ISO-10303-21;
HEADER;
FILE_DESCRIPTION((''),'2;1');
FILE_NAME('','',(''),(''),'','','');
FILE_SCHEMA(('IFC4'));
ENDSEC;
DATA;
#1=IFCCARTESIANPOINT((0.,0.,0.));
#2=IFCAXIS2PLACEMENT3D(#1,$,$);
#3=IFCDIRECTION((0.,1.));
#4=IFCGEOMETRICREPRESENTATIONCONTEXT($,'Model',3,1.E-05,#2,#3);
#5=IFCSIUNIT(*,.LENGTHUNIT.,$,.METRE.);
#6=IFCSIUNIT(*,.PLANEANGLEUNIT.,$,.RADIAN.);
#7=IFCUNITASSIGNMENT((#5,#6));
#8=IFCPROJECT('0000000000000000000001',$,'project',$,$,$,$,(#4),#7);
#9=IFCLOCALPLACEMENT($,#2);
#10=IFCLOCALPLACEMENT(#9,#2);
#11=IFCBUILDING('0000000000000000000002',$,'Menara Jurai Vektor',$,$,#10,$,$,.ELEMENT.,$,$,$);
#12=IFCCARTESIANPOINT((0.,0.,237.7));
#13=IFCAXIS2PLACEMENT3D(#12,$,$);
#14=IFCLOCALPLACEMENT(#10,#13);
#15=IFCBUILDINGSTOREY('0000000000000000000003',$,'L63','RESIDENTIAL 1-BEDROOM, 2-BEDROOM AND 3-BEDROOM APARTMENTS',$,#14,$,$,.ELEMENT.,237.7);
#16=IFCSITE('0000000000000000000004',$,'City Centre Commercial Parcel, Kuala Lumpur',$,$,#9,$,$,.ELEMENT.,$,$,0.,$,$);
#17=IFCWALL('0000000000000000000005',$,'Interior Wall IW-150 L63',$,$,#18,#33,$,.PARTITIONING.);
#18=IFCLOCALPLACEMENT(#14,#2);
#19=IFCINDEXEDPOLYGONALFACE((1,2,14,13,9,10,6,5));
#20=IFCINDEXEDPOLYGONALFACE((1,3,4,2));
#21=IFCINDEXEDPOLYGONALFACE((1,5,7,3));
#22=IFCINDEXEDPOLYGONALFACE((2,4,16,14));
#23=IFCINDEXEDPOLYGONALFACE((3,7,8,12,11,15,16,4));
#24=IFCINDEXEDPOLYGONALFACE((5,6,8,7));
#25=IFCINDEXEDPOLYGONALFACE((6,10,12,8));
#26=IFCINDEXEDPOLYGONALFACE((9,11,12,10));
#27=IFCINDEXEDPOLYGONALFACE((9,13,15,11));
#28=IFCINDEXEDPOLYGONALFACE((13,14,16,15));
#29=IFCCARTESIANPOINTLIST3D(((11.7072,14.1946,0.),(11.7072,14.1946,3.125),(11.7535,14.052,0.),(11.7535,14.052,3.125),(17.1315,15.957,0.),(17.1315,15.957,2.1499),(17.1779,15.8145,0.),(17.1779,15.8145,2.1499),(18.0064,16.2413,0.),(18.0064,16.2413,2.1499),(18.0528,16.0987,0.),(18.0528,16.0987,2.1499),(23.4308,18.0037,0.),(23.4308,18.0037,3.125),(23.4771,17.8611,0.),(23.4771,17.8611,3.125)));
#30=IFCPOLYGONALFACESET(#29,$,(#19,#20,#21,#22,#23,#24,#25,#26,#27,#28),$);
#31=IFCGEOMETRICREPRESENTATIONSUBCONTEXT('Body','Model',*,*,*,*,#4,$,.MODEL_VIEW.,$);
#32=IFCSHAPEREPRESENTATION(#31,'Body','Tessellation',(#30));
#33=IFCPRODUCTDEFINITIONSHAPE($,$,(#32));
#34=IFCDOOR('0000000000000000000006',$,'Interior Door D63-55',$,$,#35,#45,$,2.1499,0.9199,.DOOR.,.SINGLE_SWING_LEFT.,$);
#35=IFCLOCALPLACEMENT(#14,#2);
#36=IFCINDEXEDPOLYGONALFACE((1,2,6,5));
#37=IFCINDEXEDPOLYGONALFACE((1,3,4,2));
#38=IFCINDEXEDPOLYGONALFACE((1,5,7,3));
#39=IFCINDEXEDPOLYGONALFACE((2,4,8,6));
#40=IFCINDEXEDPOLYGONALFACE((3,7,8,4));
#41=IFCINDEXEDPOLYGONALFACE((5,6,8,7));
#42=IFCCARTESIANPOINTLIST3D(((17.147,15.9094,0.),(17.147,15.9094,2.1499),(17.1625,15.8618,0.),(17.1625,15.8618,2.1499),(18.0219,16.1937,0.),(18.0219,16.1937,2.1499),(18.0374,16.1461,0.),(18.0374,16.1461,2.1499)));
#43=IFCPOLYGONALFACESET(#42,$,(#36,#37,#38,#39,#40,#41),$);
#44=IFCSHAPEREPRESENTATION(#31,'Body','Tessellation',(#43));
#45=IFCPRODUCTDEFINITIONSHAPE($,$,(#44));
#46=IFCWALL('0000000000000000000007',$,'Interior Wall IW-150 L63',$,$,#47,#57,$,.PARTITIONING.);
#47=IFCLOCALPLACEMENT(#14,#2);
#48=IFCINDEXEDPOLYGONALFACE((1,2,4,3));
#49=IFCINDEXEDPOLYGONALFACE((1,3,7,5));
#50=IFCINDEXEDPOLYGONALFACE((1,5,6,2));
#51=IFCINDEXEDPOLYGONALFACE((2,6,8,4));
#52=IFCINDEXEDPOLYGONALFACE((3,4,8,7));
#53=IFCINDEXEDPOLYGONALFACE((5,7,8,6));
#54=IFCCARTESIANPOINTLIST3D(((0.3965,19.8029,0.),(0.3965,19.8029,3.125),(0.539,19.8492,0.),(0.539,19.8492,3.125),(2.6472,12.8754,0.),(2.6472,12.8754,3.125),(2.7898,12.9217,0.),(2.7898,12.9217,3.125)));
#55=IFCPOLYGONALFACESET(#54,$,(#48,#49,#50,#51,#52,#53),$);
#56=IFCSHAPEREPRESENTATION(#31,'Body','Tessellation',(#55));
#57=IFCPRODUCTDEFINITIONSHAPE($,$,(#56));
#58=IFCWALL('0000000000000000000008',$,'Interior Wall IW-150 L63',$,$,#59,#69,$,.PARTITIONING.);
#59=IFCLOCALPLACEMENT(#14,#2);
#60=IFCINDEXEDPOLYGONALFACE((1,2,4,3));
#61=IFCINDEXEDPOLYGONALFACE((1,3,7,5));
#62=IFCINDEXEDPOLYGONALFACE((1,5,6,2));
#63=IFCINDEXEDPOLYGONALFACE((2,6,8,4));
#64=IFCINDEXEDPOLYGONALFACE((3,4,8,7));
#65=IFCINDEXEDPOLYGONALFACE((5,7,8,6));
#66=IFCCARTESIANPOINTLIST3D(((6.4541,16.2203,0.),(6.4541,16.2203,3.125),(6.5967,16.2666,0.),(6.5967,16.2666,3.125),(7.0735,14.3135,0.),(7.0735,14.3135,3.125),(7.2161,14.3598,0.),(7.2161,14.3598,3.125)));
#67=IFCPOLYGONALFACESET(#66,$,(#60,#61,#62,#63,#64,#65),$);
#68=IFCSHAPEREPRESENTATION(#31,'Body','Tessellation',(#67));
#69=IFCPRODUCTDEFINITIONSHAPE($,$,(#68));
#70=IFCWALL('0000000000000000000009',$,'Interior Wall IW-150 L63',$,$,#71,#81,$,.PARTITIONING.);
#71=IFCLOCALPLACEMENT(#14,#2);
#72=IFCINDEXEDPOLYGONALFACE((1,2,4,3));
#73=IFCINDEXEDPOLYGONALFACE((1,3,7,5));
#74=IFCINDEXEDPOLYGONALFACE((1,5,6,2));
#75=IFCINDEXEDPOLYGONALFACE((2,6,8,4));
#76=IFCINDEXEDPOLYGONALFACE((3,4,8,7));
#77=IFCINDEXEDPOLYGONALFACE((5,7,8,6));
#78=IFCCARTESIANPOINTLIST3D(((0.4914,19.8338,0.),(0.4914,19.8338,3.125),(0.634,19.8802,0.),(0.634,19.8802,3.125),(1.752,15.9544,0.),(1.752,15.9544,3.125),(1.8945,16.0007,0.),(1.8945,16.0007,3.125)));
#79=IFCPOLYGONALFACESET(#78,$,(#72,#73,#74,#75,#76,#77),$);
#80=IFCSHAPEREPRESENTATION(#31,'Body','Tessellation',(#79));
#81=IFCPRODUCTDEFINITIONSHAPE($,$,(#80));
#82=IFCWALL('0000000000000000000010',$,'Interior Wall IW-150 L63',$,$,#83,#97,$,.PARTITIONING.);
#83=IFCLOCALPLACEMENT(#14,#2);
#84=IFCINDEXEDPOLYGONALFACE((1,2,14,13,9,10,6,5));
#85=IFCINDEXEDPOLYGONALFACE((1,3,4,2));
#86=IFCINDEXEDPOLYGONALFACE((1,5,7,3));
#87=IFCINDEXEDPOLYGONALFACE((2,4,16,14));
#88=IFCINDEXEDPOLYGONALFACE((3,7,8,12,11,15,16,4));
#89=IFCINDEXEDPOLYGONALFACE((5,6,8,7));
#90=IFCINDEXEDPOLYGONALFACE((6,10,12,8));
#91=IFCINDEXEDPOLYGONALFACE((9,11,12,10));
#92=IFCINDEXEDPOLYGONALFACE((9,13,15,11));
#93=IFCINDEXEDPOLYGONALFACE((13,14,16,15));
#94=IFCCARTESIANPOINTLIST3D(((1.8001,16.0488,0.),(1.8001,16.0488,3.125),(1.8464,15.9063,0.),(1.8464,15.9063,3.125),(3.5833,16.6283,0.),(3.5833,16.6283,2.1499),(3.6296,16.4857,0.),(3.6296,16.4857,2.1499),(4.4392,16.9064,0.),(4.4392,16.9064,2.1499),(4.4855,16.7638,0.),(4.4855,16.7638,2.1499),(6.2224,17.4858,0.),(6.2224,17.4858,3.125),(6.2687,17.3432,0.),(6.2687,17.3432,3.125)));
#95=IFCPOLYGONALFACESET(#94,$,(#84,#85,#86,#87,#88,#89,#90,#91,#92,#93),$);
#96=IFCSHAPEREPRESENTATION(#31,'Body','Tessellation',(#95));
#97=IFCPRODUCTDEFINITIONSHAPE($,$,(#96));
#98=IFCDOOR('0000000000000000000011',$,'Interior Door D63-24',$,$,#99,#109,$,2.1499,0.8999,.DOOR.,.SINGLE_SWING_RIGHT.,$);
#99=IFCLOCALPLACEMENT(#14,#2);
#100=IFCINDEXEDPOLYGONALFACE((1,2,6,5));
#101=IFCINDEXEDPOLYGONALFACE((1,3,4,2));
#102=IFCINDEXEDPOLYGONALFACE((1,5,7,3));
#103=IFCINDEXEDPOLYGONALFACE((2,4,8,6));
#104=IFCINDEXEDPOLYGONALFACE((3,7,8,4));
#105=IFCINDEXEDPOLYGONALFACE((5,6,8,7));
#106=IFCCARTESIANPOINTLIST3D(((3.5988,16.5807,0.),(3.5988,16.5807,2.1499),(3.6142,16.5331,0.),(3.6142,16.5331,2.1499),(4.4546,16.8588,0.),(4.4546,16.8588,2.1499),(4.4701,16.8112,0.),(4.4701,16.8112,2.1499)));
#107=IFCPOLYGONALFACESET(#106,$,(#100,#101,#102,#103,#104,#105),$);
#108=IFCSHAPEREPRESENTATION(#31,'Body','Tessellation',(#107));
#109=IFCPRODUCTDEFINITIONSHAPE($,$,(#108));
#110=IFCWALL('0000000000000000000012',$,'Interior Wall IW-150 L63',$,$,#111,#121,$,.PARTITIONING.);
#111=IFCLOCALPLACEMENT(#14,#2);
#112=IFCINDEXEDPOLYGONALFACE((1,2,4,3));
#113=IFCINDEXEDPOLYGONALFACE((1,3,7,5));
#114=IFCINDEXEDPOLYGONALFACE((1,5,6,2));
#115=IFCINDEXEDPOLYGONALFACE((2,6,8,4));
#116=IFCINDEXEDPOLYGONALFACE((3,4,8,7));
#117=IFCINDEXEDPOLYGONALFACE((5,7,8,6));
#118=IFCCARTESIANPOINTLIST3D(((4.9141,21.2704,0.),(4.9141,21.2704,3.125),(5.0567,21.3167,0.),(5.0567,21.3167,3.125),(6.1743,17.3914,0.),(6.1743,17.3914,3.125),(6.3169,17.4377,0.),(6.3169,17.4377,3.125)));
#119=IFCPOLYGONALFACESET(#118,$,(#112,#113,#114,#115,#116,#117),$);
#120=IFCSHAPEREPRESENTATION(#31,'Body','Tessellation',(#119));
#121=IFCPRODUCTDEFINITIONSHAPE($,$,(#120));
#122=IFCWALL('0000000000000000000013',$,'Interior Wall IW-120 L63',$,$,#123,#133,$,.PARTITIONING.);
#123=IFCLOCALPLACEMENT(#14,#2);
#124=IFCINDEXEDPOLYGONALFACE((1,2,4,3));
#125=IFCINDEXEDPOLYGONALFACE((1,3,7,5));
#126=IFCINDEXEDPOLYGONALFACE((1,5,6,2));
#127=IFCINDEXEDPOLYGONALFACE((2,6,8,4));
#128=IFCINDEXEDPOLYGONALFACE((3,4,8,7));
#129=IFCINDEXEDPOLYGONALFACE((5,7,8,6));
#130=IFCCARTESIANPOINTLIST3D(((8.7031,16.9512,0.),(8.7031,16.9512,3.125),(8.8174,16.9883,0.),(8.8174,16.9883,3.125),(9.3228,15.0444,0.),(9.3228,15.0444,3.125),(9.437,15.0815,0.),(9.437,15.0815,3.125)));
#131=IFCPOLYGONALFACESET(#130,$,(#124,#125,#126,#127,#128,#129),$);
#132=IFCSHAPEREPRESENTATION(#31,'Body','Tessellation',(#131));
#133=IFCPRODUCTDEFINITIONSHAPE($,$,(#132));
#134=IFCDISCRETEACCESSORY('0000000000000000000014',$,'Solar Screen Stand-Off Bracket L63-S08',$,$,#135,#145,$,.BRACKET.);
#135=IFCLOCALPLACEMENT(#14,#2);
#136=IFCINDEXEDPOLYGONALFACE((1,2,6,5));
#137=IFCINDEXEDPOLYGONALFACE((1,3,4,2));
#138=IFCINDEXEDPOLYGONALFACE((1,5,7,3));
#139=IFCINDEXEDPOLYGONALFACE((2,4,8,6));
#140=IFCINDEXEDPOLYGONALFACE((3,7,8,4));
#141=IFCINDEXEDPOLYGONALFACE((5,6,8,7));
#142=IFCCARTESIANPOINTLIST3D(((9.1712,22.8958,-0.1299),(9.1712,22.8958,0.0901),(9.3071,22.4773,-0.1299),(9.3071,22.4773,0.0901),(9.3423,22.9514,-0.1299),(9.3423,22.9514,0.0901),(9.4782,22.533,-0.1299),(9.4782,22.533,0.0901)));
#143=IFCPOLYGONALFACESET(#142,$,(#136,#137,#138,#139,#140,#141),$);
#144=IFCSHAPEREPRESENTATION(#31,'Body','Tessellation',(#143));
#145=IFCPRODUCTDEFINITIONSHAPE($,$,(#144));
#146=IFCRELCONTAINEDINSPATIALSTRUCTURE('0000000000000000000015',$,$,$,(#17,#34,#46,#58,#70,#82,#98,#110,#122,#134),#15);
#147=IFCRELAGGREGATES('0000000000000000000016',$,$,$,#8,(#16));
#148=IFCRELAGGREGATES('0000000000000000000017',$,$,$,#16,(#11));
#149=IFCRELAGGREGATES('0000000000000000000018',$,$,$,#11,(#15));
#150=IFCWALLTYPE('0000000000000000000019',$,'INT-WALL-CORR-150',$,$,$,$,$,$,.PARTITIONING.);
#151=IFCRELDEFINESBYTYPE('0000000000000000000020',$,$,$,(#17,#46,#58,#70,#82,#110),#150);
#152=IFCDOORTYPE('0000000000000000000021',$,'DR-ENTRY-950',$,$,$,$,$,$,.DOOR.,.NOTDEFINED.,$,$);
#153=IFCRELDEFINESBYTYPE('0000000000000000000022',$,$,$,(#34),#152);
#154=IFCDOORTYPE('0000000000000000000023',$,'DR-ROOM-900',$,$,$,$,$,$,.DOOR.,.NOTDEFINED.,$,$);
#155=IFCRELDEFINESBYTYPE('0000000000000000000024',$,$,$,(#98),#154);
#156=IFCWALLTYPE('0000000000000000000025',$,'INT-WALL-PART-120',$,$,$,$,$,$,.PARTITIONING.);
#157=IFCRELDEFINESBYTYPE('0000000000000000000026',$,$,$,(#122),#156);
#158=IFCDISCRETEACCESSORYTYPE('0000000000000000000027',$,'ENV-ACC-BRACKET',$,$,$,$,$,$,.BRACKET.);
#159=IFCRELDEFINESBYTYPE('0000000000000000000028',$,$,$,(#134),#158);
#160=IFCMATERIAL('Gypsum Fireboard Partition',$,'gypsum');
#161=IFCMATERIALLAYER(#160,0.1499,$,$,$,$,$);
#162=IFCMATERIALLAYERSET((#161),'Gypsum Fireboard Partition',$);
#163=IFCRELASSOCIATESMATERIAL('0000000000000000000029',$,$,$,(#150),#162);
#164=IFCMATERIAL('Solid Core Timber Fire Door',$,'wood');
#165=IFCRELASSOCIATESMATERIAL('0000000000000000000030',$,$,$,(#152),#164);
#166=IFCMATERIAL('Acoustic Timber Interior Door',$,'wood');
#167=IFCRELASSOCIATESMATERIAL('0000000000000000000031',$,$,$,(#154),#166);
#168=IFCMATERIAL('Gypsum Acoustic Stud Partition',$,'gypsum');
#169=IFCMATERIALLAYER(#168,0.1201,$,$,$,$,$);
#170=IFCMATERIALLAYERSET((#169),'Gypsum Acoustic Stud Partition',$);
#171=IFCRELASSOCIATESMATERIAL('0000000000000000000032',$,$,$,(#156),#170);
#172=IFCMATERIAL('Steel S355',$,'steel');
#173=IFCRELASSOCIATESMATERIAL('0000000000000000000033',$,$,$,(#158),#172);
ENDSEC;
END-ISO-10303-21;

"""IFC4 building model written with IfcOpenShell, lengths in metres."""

from ifc_helpers import new_model, si_unit, direction, frame, frame_2d, origin, origin_2d, place, context, subcontext, project, spatial, rectangle, extrude, material, layer, layer_set, type_object, element, fill, save


model = new_model("IFC4")

# Units and contexts
model_context = context("Model", 3, precision=1e-05, world=origin(), true_north=direction((0.0, 1.0)))
body_context = subcontext(model_context, "Body", "Model", "MODEL_VIEW")
ifc_project = project(units=[si_unit("LENGTHUNIT", "METRE"), si_unit("PLANEANGLEUNIT", "RADIAN")], contexts=[model_context])

# Site, building, storey
site_placement = place(None, origin())
site = spatial("IfcSite", under=ifc_project, at=site_placement, Name="City Centre Commercial Parcel, Kuala Lumpur", CompositionType="ELEMENT", RefElevation=0.0)
building_placement = place(site_placement, origin())
building = spatial("IfcBuilding", under=site, at=building_placement, Name="Menara Jurai Vektor", CompositionType="ELEMENT")
storey_placement = place(building_placement, frame((0.0, 0.0, 237.7)))
storey = spatial("IfcBuildingStorey", under=building, at=storey_placement, Name="L63", Description="RESIDENTIAL 1-BEDROOM, 2-BEDROOM AND 3-BEDROOM APARTMENTS", CompositionType="ELEMENT", Elevation=237.7)

# Shared definitions
ifc_material_1 = material(Name="Steel S355", Category="steel")

# Shared definitions
ifc_material_2 = material(Name="Gypsum Fireboard Partition", Category="gypsum")
ifc_layer_1 = layer(ifc_material_2, 0.1499)
ifc_layer_set_1 = layer_set([ifc_layer_1], Name="Gypsum Fireboard Partition")
wall_type_1 = type_object("IfcWallType", Name="INT-WALL-CORR-150", PredefinedType="PARTITIONING", material=ifc_layer_set_1)

# Wall, opening, door
wall_1_placement = place(storey_placement, frame((11.7302, 14.1233, 0.0), z_axis=(0.0, 0.0, 1.0), x_axis=(0.95106, 0.309005, 0.0)))
wall_1 = element("IfcWall", 1, at=wall_1_placement, inside=storey, type_object=wall_type_1, Name="Interior Wall IW-150 L63", PredefinedType="PARTITIONING", context=body_context, shape_type="SweptSolid", body=[
    extrude(rectangle(XDim=12.3269, YDim=0.1499, at=frame_2d((6.1636, 0.0))), origin(), (0.0, 0.0, 1.0), 3.125),
])
opening_1_placement = place(wall_1_placement, frame((5.7036, 0.0, 0.0)))
opening_1 = element("IfcOpeningElement", 2, at=opening_1_placement, cuts=wall_1, PredefinedType="OPENING", context=body_context, shape_type="SweptSolid", body=[
    extrude(rectangle(XDim=0.9199, YDim=2.1499, at=frame_2d((0.46, 1.075))), frame((0.0, 0.085, 0.0), z_axis=(0.0, -1.0, 0.0), x_axis=(1.0, 0.0, 0.0)), (0.0, 0.0, 1.0), 0.1699),
])
ifc_material_3 = material(Name="Solid Core Timber Fire Door", Category="wood")
door_type_1 = type_object("IfcDoorType", Name="DR-ENTRY-950", OperationType="NOTDEFINED", PredefinedType="DOOR", material=ifc_material_3)
door_1_placement = place(opening_1_placement, origin())
door_1 = element("IfcDoor", 3, at=door_1_placement, inside=storey, type_object=door_type_1, Name="Interior Door D63-55", OperationType="SINGLE_SWING_LEFT", OverallHeight=2.1499, OverallWidth=0.9199, PredefinedType="DOOR", context=body_context, shape_type="SweptSolid", body=[
    extrude(rectangle(XDim=0.9199, YDim=2.1499, at=frame_2d((0.46, 1.075))), frame((0.0, 0.0249, 0.0), z_axis=(0.0, -1.0, 0.0), x_axis=(1.0, 0.0, 0.0)), (0.0, 0.0, 1.0), 0.05),
])
fill(opening_1, door_1)

# Walls
wall_2_placement = place(storey_placement, frame((2.7185, 12.8984, 0.0), z_axis=(0.0, 0.0, 1.0), x_axis=(-0.308999, 0.951062, 0.0)))
element("IfcWall", 4, at=wall_2_placement, inside=storey, type_object=wall_type_1, Name="Interior Wall IW-150 L63", PredefinedType="PARTITIONING", context=body_context, shape_type="SweptSolid", body=[
    extrude(rectangle(XDim=7.2839, YDim=0.1499, at=frame_2d((3.6421, 0.0))), origin(), (0.0, 0.0, 1.0), 3.125),
])
wall_3_placement = place(storey_placement, frame((7.1448, 14.3367, 0.0), z_axis=(0.0, 0.0, 1.0), x_axis=(-0.308948, 0.951079, 0.0)))
element("IfcWall", 5, at=wall_3_placement, inside=storey, type_object=wall_type_1, Name="Interior Wall IW-150 L63", PredefinedType="PARTITIONING", context=body_context, shape_type="SweptSolid", body=[
    extrude(rectangle(XDim=2.0049, YDim=0.1499, at=frame_2d((1.0024, 0.0))), origin(), (0.0, 0.0, 1.0), 3.125),
])

# Shared definitions
ifc_material_4 = material(Name="Acoustic Timber Interior Door", Category="wood")
door_type_2 = type_object("IfcDoorType", Name="DR-ROOM-900", OperationType="NOTDEFINED", PredefinedType="DOOR", material=ifc_material_4)

# Wall
wall_4_placement = place(storey_placement, frame((1.8232, 15.9775, 0.0), z_axis=(0.0, 0.0, 1.0), x_axis=(-0.309018, 0.951056, 0.0)))
element("IfcWall", 6, at=wall_4_placement, inside=storey, type_object=wall_type_1, Name="Interior Wall IW-150 L63", PredefinedType="PARTITIONING", context=body_context, shape_type="SweptSolid", body=[
    extrude(rectangle(XDim=4.0791, YDim=0.1499, at=frame_2d((2.0396, 0.0))), origin(), (0.0, 0.0, 1.0), 3.125),
])

# Wall, opening, door
wall_5_placement = place(storey_placement, frame((1.8232, 15.9775, 0.0), z_axis=(0.0, 0.0, 1.0), x_axis=(0.95105, 0.309036, 0.0)))
wall_5 = element("IfcWall", 7, at=wall_5_placement, inside=storey, type_object=wall_type_1, Name="Interior Wall IW-150 L63", PredefinedType="PARTITIONING", context=body_context, shape_type="SweptSolid", body=[
    extrude(rectangle(XDim=4.6499, YDim=0.1499, at=frame_2d((2.325, 0.0))), origin(), (0.0, 0.0, 1.0), 3.125),
])
opening_2_placement = place(wall_5_placement, frame((1.875, 0.0, 0.0)))
opening_2 = element("IfcOpeningElement", 8, at=opening_2_placement, cuts=wall_5, PredefinedType="OPENING", context=body_context, shape_type="SweptSolid", body=[
    extrude(rectangle(XDim=0.8999, YDim=2.1499, at=frame_2d((0.45, 1.075))), frame((0.0, 0.085, 0.0), z_axis=(0.0, -1.0, 0.0), x_axis=(1.0, 0.0, 0.0)), (0.0, 0.0, 1.0), 0.1699),
])
door_2_placement = place(opening_2_placement, origin())
door_2 = element("IfcDoor", 9, at=door_2_placement, inside=storey, type_object=door_type_2, Name="Interior Door D63-24", OperationType="SINGLE_SWING_RIGHT", OverallHeight=2.1499, OverallWidth=0.8999, PredefinedType="DOOR", context=body_context, shape_type="SweptSolid", body=[
    extrude(rectangle(XDim=0.8999, YDim=2.1499, at=frame_2d((0.45, 1.075))), frame((0.0, 0.0249, 0.0), z_axis=(0.0, -1.0, 0.0), x_axis=(1.0, 0.0, 0.0)), (0.0, 0.0, 1.0), 0.05),
])
fill(opening_2, door_2)

# Walls
wall_6_placement = place(storey_placement, frame((6.2456, 17.4146, 0.0), z_axis=(0.0, 0.0, 1.0), x_axis=(-0.308982, 0.951068, 0.0)))
element("IfcWall", 10, at=wall_6_placement, inside=storey, type_object=wall_type_1, Name="Interior Wall IW-150 L63", PredefinedType="PARTITIONING", context=body_context, shape_type="SweptSolid", body=[
    extrude(rectangle(XDim=4.0786, YDim=0.1499, at=frame_2d((2.0393, 0.0))), origin(), (0.0, 0.0, 1.0), 3.125),
])
ifc_material_5 = material(Name="Gypsum Acoustic Stud Partition", Category="gypsum")
ifc_layer_2 = layer(ifc_material_5, 0.1201)
ifc_layer_set_2 = layer_set([ifc_layer_2], Name="Gypsum Acoustic Stud Partition")
wall_type_2 = type_object("IfcWallType", Name="INT-WALL-PART-120", PredefinedType="PARTITIONING", material=ifc_layer_set_2)
wall_7_placement = place(storey_placement, frame((9.3799, 15.063, 0.0), z_axis=(0.0, 0.0, 1.0), x_axis=(-0.309059, 0.951043, 0.0)))
element("IfcWall", 11, at=wall_7_placement, inside=storey, type_object=wall_type_2, Name="Interior Wall IW-120 L63", PredefinedType="PARTITIONING", context=body_context, shape_type="SweptSolid", body=[
    extrude(rectangle(XDim=2.0049, YDim=0.1201, at=frame_2d((1.0024, 0.0))), origin(), (0.0, 0.0, 1.0), 3.125),
])

# Discrete accessory
discrete_accessory_type = type_object("IfcDiscreteAccessoryType", Name="ENV-ACC-BRACKET", PredefinedType="BRACKET", material=ifc_material_1)
discrete_accessory_placement = place(storey_placement, frame((9.3247, 22.7144, -0.1299), z_axis=(0.0, 0.0, 1.0), x_axis=(-0.951057, -0.309017, 0.0)))
element("IfcDiscreteAccessory", 12, at=discrete_accessory_placement, inside=storey, type_object=discrete_accessory_type, Name="Solar Screen Stand-Off Bracket L63-S08", PredefinedType="BRACKET", context=body_context, shape_type="SweptSolid", body=[
    extrude(rectangle(XDim=0.1799, YDim=0.4399, at=origin_2d()), origin(), (0.0, 0.0, 1.0), 0.22),
])

save(model, "model.ifc")
